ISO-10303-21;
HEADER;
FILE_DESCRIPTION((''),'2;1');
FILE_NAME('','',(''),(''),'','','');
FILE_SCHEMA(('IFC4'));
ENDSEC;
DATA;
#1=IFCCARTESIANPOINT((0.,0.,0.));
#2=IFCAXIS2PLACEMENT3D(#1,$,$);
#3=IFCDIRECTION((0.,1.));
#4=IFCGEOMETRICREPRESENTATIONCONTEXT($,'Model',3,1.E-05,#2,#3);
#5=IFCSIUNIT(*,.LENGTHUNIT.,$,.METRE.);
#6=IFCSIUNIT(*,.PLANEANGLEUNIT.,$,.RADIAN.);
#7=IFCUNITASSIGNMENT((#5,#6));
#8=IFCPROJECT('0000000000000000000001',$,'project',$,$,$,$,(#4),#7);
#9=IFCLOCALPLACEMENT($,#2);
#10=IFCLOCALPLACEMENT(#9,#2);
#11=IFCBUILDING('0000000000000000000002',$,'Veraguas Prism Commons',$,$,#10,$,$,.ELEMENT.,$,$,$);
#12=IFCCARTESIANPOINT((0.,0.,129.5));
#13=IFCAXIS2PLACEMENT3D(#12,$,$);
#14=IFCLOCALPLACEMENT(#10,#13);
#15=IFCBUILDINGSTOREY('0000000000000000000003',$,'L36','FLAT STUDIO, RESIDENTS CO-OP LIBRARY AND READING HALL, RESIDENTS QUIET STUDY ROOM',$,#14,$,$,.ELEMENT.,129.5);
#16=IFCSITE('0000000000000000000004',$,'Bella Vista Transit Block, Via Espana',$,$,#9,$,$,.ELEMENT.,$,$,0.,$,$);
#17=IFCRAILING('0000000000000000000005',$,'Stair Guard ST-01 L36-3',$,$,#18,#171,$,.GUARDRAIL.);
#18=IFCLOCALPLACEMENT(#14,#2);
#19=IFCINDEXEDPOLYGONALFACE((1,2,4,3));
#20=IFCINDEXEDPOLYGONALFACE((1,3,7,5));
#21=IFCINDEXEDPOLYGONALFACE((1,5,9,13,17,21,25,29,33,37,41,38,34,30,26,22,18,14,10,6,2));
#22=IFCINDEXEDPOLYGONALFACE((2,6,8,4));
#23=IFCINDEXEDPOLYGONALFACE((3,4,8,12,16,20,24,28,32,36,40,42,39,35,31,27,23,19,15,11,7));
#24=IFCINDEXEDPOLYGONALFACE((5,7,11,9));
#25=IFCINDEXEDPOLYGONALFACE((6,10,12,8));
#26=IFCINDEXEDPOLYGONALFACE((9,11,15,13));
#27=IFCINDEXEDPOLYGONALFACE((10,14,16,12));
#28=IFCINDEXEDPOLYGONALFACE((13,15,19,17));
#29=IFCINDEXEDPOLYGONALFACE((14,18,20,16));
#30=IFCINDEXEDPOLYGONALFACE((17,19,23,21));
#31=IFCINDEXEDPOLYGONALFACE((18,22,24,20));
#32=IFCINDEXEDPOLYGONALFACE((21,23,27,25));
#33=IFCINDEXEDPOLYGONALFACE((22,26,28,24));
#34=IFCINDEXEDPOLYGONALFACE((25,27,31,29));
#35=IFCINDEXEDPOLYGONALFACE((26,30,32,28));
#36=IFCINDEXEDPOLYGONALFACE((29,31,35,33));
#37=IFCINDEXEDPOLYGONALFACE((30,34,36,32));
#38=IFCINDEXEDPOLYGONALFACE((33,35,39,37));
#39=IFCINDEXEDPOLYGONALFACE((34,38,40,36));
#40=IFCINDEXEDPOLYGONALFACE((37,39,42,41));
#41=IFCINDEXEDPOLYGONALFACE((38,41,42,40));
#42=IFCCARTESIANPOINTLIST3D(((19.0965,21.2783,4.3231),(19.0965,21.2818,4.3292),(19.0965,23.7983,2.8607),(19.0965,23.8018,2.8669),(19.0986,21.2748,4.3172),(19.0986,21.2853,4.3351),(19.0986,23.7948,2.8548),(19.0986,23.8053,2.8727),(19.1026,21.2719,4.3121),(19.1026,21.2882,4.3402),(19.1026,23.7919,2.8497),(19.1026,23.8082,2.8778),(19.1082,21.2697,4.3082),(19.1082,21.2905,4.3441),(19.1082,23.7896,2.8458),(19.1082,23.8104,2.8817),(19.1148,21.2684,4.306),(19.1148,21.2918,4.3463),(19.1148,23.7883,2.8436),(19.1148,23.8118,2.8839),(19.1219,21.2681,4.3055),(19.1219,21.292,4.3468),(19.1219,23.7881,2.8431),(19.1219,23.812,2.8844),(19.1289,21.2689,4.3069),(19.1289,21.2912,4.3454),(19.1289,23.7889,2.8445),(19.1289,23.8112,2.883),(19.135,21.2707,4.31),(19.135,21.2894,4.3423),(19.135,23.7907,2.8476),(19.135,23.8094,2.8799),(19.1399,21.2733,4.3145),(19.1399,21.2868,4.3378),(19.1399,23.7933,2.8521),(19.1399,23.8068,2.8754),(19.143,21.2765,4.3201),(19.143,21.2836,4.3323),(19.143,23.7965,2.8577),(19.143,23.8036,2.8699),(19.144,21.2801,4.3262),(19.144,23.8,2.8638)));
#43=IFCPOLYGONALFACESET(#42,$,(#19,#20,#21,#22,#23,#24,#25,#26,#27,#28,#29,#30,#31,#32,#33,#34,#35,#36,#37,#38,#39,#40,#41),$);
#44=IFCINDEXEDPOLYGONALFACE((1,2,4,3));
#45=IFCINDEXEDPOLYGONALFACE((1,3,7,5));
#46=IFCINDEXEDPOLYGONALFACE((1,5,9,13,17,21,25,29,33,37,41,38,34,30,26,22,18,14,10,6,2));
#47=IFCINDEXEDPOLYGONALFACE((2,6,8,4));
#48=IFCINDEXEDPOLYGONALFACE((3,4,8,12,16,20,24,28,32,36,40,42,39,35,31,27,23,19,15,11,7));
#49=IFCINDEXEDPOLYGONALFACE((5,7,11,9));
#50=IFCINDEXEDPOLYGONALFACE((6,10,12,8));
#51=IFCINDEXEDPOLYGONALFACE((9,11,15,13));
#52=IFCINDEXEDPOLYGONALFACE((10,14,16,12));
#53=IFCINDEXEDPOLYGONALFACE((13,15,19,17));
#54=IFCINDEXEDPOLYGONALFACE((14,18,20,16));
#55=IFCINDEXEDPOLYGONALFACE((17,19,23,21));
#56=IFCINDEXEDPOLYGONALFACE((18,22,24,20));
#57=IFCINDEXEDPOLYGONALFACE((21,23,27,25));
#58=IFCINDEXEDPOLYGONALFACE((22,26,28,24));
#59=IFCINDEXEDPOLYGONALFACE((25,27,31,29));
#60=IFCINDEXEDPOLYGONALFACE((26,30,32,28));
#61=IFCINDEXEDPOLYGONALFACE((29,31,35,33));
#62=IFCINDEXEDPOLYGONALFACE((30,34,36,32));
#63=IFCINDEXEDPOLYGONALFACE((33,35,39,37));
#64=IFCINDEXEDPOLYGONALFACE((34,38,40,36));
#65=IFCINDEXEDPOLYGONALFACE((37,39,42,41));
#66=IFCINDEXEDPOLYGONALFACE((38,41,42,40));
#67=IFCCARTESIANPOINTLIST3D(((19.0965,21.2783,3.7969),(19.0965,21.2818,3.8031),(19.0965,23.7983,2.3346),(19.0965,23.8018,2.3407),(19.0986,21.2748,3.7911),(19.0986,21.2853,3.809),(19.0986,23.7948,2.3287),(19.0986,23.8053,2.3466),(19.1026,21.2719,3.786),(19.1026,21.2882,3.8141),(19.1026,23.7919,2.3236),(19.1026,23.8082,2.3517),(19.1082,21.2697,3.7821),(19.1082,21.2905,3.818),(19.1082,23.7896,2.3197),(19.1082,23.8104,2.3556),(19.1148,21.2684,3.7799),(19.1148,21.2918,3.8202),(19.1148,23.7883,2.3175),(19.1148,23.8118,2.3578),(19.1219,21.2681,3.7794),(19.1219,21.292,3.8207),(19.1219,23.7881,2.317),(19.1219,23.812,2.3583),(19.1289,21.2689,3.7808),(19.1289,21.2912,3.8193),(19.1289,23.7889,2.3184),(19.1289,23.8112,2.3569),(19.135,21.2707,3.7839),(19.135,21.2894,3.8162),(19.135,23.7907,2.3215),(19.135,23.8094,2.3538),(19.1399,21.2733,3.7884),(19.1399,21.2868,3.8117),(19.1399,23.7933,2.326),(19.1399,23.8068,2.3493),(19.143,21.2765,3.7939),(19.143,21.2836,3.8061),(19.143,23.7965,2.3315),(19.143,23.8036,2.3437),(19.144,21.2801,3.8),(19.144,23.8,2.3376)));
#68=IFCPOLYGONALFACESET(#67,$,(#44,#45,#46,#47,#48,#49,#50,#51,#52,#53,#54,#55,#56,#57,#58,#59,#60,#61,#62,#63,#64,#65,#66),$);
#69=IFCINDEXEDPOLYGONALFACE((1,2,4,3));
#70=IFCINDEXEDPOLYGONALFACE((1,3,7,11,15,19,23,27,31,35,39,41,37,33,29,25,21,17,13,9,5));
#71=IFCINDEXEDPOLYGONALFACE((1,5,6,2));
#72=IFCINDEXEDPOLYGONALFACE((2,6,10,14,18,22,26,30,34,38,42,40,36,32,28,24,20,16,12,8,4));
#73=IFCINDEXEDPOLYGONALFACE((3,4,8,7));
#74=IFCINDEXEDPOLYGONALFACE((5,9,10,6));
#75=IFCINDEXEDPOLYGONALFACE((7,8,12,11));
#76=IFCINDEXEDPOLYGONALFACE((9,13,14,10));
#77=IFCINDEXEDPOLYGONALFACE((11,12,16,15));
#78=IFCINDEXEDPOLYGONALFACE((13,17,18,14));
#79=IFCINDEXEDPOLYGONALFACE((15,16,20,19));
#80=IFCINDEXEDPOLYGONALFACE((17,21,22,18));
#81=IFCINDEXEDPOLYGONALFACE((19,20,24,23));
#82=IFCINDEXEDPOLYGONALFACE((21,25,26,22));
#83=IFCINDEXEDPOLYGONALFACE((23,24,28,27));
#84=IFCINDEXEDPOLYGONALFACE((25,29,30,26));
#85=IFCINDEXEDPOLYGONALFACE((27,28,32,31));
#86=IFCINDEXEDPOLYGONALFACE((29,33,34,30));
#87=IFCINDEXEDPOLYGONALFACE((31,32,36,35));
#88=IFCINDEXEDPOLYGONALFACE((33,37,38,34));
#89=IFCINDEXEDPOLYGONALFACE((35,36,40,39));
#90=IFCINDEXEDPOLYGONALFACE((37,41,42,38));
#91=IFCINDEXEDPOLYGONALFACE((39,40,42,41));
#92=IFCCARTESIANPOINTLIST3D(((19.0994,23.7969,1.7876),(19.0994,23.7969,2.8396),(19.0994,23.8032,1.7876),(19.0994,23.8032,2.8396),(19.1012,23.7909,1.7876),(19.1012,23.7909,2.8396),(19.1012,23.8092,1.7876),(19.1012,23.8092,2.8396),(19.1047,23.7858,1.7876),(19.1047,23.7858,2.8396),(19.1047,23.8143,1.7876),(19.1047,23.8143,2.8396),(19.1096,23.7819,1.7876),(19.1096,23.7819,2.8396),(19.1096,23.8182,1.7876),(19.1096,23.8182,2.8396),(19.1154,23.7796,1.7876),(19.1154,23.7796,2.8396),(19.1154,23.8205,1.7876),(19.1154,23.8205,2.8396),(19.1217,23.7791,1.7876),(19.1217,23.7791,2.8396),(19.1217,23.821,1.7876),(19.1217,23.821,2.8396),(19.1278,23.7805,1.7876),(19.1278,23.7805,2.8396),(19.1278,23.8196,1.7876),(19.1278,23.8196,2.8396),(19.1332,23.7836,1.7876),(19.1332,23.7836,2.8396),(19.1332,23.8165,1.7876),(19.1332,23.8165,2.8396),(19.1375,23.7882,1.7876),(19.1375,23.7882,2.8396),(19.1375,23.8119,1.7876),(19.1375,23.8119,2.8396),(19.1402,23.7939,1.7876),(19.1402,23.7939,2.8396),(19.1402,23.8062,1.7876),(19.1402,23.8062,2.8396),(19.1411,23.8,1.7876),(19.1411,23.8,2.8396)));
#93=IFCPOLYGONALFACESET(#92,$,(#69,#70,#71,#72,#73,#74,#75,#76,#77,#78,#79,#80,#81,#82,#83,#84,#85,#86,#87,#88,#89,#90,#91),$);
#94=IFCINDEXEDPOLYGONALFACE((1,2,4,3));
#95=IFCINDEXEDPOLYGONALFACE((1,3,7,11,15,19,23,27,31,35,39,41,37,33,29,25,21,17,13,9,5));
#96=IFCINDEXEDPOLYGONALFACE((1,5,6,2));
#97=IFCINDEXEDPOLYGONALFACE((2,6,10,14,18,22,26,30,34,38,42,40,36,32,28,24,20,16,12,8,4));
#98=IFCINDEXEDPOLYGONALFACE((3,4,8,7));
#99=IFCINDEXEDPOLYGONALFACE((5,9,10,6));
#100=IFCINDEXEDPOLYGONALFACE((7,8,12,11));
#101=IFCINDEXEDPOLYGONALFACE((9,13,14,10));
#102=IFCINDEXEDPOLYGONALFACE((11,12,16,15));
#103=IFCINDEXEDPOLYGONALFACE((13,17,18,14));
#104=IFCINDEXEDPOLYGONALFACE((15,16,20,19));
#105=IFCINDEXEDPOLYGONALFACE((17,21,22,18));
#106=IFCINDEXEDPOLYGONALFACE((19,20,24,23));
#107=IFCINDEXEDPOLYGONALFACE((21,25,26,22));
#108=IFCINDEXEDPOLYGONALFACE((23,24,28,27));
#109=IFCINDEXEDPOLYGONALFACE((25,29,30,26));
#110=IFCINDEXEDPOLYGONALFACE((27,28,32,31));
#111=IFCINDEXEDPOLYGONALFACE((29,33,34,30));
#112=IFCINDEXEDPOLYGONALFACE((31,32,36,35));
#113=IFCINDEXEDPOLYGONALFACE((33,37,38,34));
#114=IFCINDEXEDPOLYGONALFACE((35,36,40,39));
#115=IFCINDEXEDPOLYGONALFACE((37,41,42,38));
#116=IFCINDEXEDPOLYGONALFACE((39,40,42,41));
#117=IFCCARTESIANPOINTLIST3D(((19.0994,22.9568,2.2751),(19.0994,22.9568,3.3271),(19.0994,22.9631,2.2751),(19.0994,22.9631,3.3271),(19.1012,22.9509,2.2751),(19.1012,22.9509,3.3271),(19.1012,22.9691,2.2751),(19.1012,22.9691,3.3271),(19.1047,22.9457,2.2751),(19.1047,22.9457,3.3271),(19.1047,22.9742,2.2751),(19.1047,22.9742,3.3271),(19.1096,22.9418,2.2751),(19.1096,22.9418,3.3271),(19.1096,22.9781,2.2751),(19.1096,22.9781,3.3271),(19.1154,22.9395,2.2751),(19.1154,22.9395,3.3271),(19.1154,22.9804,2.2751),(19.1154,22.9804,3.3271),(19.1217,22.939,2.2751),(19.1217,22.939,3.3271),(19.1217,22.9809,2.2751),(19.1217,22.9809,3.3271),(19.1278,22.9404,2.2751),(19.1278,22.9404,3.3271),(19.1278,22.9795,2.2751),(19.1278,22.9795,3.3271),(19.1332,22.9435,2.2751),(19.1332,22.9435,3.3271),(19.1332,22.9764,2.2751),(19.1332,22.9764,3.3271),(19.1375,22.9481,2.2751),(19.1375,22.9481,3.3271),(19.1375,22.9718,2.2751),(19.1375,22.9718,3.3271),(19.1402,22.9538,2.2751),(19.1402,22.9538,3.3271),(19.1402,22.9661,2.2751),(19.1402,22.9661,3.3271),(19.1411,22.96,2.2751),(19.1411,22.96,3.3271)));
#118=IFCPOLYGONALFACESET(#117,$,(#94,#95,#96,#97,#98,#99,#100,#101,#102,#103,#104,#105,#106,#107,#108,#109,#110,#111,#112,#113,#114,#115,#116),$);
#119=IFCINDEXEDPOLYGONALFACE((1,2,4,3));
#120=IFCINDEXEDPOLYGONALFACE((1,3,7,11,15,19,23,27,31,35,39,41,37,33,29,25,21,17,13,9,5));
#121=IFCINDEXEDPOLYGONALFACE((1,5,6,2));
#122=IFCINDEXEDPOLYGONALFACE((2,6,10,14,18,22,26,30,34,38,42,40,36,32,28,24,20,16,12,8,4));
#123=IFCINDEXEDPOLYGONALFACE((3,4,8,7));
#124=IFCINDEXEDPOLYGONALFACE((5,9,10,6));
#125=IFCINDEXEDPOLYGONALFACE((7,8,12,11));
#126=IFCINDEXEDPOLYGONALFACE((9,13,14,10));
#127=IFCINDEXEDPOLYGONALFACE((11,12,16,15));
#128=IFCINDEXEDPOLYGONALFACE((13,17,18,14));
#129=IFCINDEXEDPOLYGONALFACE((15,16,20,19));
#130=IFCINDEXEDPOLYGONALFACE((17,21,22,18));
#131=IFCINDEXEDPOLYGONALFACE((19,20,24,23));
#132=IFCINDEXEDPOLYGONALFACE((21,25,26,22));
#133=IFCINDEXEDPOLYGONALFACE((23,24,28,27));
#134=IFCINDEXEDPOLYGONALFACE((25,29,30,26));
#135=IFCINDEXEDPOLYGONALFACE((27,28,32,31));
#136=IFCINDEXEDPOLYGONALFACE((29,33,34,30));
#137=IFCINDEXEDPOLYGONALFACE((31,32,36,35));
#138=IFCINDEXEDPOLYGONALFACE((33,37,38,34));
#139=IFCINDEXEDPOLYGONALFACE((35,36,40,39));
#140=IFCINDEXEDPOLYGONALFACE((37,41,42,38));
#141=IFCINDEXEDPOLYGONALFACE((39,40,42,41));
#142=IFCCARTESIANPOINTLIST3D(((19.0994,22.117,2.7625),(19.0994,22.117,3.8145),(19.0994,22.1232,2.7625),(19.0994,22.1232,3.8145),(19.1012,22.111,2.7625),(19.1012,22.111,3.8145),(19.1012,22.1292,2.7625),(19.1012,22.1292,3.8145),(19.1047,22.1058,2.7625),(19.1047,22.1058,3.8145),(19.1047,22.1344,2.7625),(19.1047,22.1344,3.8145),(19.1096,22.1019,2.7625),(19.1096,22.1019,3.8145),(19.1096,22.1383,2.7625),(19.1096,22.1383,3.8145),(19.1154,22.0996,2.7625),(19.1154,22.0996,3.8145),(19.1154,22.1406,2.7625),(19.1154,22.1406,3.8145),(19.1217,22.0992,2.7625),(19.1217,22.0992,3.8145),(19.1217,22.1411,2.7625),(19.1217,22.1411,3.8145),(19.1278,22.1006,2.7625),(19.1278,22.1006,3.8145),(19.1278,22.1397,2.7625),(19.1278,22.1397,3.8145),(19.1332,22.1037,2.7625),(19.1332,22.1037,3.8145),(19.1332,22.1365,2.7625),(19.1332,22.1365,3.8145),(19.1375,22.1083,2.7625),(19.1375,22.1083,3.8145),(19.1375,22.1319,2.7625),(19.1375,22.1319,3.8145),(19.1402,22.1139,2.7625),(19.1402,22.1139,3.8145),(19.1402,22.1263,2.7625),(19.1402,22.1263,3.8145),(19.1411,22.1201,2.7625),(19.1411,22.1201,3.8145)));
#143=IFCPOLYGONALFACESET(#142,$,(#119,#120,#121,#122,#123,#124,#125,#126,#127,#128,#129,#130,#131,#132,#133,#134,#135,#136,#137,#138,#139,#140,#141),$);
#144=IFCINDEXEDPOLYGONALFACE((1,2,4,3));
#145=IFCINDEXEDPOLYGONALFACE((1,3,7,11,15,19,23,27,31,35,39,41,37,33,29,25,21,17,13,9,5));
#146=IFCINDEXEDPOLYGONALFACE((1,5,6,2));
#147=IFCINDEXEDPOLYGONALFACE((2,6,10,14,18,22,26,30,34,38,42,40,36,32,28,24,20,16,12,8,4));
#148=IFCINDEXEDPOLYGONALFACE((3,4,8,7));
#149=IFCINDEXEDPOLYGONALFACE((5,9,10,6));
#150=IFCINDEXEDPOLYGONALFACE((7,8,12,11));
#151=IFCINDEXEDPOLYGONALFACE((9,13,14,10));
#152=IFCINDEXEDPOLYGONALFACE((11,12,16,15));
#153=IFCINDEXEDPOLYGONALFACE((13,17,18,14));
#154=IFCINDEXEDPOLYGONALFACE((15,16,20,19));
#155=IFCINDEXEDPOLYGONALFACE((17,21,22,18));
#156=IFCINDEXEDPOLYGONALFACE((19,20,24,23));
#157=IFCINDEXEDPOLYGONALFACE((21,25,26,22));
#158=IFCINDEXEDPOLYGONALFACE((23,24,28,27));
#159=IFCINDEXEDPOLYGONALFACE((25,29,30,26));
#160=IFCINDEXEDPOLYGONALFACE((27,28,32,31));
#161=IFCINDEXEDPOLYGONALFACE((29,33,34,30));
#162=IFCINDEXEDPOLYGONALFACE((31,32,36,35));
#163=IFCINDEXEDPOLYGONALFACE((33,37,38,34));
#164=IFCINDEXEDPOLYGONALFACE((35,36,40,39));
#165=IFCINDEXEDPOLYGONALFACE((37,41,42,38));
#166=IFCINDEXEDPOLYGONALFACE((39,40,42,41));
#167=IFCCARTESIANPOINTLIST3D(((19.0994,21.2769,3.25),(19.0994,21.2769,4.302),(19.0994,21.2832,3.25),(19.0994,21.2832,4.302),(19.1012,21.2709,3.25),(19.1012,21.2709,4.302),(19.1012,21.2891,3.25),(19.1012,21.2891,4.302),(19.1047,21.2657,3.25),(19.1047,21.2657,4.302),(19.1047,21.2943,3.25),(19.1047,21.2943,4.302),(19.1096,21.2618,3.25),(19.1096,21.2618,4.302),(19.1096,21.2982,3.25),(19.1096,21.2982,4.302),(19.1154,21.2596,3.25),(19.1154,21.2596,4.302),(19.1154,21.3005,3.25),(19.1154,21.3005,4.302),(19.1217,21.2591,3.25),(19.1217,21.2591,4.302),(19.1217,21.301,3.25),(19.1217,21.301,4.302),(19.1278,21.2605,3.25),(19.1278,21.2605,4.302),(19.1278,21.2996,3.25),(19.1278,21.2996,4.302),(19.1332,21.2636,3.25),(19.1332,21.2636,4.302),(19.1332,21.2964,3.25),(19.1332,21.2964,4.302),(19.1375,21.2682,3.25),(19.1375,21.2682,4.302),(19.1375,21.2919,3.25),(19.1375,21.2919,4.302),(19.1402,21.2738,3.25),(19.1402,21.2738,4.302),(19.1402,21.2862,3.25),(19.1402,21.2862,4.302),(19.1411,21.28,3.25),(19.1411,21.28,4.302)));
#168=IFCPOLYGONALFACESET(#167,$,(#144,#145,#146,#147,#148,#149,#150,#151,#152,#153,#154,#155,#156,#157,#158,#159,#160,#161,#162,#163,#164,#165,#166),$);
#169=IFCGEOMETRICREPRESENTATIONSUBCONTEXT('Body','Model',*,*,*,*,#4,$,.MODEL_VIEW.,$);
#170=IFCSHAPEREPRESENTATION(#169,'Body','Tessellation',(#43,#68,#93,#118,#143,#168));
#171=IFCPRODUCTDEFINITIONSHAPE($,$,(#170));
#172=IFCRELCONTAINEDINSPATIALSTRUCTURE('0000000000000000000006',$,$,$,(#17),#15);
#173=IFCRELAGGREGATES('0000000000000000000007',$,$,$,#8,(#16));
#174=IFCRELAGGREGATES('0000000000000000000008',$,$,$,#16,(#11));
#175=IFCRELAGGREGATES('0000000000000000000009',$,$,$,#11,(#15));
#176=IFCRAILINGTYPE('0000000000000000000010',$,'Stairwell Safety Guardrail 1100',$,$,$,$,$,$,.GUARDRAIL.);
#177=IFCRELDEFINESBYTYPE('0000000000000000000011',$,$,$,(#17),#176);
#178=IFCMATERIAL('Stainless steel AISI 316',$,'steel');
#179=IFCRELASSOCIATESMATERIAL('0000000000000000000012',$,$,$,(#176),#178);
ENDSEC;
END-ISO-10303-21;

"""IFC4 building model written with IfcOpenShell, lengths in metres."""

from ifc_helpers import new_model, si_unit, direction, frame, origin, origin_2d, place, context, subcontext, project, spatial, circle, extrude, material, type_object, element, save


model = new_model("IFC4")

# Units and contexts
model_context = context("Model", 3, precision=1e-05, world=origin(), true_north=direction((0.0, 1.0)))
body_context = subcontext(model_context, "Body", "Model", "MODEL_VIEW")
ifc_project = project(units=[si_unit("LENGTHUNIT", "METRE"), si_unit("PLANEANGLEUNIT", "RADIAN")], contexts=[model_context])

# Site, building, storey
site_placement = place(None, origin())
site = spatial("IfcSite", under=ifc_project, at=site_placement, Name="Bella Vista Transit Block, Via Espana", CompositionType="ELEMENT", RefElevation=0.0)
building_placement = place(site_placement, origin())
building = spatial("IfcBuilding", under=site, at=building_placement, Name="Veraguas Prism Commons", CompositionType="ELEMENT")
storey_placement = place(building_placement, frame((0.0, 0.0, 129.5)))
storey = spatial("IfcBuildingStorey", under=building, at=storey_placement, Name="L36", Description="FLAT STUDIO, RESIDENTS CO-OP LIBRARY AND READING HALL, RESIDENTS QUIET STUDY ROOM", CompositionType="ELEMENT", Elevation=129.5)

# Railing
ifc_material_1 = material(Name="Stainless steel AISI 316", Category="steel")
railing_type_1 = type_object("IfcRailingType", Name="Stairwell Safety Guardrail 1100", PredefinedType="GUARDRAIL", material=ifc_material_1)
railing_1_placement = place(storey_placement, frame((19.1201, 23.8, 1.7876)))
element("IfcRailing", 1, at=railing_1_placement, inside=storey, type_object=railing_type_1, Name="Stair Guard ST-01 L36-3", PredefinedType="GUARDRAIL", context=body_context, shape_type="SweptSolid", body=[
    extrude(circle(Radius=0.0239, at=origin_2d()), frame((0.0, 0.0, 1.0762), z_axis=(0.0, -0.864913, 0.501921), x_axis=(1.0, 0.0, 0.0)), (0.0, 0.0, 1.0), 2.9136),
    extrude(circle(Radius=0.0239, at=origin_2d()), frame((0.0, 0.0, 0.55), z_axis=(0.0, -0.864913, 0.501921), x_axis=(1.0, 0.0, 0.0)), (0.0, 0.0, 1.0), 2.9136),
    extrude(circle(Radius=0.021, at=origin_2d()), origin(), (0.0, 0.0, 1.0), 1.052),
    extrude(circle(Radius=0.021, at=origin_2d()), frame((0.0, -0.8401, 0.4875)), (0.0, 0.0, 1.0), 1.052),
    extrude(circle(Radius=0.021, at=origin_2d()), frame((0.0, -1.6799, 0.9749)), (0.0, 0.0, 1.0), 1.052),
    extrude(circle(Radius=0.021, at=origin_2d()), frame((0.0, -2.52, 1.4624)), (0.0, 0.0, 1.0), 1.052),
])

save(model, "model.ifc")
